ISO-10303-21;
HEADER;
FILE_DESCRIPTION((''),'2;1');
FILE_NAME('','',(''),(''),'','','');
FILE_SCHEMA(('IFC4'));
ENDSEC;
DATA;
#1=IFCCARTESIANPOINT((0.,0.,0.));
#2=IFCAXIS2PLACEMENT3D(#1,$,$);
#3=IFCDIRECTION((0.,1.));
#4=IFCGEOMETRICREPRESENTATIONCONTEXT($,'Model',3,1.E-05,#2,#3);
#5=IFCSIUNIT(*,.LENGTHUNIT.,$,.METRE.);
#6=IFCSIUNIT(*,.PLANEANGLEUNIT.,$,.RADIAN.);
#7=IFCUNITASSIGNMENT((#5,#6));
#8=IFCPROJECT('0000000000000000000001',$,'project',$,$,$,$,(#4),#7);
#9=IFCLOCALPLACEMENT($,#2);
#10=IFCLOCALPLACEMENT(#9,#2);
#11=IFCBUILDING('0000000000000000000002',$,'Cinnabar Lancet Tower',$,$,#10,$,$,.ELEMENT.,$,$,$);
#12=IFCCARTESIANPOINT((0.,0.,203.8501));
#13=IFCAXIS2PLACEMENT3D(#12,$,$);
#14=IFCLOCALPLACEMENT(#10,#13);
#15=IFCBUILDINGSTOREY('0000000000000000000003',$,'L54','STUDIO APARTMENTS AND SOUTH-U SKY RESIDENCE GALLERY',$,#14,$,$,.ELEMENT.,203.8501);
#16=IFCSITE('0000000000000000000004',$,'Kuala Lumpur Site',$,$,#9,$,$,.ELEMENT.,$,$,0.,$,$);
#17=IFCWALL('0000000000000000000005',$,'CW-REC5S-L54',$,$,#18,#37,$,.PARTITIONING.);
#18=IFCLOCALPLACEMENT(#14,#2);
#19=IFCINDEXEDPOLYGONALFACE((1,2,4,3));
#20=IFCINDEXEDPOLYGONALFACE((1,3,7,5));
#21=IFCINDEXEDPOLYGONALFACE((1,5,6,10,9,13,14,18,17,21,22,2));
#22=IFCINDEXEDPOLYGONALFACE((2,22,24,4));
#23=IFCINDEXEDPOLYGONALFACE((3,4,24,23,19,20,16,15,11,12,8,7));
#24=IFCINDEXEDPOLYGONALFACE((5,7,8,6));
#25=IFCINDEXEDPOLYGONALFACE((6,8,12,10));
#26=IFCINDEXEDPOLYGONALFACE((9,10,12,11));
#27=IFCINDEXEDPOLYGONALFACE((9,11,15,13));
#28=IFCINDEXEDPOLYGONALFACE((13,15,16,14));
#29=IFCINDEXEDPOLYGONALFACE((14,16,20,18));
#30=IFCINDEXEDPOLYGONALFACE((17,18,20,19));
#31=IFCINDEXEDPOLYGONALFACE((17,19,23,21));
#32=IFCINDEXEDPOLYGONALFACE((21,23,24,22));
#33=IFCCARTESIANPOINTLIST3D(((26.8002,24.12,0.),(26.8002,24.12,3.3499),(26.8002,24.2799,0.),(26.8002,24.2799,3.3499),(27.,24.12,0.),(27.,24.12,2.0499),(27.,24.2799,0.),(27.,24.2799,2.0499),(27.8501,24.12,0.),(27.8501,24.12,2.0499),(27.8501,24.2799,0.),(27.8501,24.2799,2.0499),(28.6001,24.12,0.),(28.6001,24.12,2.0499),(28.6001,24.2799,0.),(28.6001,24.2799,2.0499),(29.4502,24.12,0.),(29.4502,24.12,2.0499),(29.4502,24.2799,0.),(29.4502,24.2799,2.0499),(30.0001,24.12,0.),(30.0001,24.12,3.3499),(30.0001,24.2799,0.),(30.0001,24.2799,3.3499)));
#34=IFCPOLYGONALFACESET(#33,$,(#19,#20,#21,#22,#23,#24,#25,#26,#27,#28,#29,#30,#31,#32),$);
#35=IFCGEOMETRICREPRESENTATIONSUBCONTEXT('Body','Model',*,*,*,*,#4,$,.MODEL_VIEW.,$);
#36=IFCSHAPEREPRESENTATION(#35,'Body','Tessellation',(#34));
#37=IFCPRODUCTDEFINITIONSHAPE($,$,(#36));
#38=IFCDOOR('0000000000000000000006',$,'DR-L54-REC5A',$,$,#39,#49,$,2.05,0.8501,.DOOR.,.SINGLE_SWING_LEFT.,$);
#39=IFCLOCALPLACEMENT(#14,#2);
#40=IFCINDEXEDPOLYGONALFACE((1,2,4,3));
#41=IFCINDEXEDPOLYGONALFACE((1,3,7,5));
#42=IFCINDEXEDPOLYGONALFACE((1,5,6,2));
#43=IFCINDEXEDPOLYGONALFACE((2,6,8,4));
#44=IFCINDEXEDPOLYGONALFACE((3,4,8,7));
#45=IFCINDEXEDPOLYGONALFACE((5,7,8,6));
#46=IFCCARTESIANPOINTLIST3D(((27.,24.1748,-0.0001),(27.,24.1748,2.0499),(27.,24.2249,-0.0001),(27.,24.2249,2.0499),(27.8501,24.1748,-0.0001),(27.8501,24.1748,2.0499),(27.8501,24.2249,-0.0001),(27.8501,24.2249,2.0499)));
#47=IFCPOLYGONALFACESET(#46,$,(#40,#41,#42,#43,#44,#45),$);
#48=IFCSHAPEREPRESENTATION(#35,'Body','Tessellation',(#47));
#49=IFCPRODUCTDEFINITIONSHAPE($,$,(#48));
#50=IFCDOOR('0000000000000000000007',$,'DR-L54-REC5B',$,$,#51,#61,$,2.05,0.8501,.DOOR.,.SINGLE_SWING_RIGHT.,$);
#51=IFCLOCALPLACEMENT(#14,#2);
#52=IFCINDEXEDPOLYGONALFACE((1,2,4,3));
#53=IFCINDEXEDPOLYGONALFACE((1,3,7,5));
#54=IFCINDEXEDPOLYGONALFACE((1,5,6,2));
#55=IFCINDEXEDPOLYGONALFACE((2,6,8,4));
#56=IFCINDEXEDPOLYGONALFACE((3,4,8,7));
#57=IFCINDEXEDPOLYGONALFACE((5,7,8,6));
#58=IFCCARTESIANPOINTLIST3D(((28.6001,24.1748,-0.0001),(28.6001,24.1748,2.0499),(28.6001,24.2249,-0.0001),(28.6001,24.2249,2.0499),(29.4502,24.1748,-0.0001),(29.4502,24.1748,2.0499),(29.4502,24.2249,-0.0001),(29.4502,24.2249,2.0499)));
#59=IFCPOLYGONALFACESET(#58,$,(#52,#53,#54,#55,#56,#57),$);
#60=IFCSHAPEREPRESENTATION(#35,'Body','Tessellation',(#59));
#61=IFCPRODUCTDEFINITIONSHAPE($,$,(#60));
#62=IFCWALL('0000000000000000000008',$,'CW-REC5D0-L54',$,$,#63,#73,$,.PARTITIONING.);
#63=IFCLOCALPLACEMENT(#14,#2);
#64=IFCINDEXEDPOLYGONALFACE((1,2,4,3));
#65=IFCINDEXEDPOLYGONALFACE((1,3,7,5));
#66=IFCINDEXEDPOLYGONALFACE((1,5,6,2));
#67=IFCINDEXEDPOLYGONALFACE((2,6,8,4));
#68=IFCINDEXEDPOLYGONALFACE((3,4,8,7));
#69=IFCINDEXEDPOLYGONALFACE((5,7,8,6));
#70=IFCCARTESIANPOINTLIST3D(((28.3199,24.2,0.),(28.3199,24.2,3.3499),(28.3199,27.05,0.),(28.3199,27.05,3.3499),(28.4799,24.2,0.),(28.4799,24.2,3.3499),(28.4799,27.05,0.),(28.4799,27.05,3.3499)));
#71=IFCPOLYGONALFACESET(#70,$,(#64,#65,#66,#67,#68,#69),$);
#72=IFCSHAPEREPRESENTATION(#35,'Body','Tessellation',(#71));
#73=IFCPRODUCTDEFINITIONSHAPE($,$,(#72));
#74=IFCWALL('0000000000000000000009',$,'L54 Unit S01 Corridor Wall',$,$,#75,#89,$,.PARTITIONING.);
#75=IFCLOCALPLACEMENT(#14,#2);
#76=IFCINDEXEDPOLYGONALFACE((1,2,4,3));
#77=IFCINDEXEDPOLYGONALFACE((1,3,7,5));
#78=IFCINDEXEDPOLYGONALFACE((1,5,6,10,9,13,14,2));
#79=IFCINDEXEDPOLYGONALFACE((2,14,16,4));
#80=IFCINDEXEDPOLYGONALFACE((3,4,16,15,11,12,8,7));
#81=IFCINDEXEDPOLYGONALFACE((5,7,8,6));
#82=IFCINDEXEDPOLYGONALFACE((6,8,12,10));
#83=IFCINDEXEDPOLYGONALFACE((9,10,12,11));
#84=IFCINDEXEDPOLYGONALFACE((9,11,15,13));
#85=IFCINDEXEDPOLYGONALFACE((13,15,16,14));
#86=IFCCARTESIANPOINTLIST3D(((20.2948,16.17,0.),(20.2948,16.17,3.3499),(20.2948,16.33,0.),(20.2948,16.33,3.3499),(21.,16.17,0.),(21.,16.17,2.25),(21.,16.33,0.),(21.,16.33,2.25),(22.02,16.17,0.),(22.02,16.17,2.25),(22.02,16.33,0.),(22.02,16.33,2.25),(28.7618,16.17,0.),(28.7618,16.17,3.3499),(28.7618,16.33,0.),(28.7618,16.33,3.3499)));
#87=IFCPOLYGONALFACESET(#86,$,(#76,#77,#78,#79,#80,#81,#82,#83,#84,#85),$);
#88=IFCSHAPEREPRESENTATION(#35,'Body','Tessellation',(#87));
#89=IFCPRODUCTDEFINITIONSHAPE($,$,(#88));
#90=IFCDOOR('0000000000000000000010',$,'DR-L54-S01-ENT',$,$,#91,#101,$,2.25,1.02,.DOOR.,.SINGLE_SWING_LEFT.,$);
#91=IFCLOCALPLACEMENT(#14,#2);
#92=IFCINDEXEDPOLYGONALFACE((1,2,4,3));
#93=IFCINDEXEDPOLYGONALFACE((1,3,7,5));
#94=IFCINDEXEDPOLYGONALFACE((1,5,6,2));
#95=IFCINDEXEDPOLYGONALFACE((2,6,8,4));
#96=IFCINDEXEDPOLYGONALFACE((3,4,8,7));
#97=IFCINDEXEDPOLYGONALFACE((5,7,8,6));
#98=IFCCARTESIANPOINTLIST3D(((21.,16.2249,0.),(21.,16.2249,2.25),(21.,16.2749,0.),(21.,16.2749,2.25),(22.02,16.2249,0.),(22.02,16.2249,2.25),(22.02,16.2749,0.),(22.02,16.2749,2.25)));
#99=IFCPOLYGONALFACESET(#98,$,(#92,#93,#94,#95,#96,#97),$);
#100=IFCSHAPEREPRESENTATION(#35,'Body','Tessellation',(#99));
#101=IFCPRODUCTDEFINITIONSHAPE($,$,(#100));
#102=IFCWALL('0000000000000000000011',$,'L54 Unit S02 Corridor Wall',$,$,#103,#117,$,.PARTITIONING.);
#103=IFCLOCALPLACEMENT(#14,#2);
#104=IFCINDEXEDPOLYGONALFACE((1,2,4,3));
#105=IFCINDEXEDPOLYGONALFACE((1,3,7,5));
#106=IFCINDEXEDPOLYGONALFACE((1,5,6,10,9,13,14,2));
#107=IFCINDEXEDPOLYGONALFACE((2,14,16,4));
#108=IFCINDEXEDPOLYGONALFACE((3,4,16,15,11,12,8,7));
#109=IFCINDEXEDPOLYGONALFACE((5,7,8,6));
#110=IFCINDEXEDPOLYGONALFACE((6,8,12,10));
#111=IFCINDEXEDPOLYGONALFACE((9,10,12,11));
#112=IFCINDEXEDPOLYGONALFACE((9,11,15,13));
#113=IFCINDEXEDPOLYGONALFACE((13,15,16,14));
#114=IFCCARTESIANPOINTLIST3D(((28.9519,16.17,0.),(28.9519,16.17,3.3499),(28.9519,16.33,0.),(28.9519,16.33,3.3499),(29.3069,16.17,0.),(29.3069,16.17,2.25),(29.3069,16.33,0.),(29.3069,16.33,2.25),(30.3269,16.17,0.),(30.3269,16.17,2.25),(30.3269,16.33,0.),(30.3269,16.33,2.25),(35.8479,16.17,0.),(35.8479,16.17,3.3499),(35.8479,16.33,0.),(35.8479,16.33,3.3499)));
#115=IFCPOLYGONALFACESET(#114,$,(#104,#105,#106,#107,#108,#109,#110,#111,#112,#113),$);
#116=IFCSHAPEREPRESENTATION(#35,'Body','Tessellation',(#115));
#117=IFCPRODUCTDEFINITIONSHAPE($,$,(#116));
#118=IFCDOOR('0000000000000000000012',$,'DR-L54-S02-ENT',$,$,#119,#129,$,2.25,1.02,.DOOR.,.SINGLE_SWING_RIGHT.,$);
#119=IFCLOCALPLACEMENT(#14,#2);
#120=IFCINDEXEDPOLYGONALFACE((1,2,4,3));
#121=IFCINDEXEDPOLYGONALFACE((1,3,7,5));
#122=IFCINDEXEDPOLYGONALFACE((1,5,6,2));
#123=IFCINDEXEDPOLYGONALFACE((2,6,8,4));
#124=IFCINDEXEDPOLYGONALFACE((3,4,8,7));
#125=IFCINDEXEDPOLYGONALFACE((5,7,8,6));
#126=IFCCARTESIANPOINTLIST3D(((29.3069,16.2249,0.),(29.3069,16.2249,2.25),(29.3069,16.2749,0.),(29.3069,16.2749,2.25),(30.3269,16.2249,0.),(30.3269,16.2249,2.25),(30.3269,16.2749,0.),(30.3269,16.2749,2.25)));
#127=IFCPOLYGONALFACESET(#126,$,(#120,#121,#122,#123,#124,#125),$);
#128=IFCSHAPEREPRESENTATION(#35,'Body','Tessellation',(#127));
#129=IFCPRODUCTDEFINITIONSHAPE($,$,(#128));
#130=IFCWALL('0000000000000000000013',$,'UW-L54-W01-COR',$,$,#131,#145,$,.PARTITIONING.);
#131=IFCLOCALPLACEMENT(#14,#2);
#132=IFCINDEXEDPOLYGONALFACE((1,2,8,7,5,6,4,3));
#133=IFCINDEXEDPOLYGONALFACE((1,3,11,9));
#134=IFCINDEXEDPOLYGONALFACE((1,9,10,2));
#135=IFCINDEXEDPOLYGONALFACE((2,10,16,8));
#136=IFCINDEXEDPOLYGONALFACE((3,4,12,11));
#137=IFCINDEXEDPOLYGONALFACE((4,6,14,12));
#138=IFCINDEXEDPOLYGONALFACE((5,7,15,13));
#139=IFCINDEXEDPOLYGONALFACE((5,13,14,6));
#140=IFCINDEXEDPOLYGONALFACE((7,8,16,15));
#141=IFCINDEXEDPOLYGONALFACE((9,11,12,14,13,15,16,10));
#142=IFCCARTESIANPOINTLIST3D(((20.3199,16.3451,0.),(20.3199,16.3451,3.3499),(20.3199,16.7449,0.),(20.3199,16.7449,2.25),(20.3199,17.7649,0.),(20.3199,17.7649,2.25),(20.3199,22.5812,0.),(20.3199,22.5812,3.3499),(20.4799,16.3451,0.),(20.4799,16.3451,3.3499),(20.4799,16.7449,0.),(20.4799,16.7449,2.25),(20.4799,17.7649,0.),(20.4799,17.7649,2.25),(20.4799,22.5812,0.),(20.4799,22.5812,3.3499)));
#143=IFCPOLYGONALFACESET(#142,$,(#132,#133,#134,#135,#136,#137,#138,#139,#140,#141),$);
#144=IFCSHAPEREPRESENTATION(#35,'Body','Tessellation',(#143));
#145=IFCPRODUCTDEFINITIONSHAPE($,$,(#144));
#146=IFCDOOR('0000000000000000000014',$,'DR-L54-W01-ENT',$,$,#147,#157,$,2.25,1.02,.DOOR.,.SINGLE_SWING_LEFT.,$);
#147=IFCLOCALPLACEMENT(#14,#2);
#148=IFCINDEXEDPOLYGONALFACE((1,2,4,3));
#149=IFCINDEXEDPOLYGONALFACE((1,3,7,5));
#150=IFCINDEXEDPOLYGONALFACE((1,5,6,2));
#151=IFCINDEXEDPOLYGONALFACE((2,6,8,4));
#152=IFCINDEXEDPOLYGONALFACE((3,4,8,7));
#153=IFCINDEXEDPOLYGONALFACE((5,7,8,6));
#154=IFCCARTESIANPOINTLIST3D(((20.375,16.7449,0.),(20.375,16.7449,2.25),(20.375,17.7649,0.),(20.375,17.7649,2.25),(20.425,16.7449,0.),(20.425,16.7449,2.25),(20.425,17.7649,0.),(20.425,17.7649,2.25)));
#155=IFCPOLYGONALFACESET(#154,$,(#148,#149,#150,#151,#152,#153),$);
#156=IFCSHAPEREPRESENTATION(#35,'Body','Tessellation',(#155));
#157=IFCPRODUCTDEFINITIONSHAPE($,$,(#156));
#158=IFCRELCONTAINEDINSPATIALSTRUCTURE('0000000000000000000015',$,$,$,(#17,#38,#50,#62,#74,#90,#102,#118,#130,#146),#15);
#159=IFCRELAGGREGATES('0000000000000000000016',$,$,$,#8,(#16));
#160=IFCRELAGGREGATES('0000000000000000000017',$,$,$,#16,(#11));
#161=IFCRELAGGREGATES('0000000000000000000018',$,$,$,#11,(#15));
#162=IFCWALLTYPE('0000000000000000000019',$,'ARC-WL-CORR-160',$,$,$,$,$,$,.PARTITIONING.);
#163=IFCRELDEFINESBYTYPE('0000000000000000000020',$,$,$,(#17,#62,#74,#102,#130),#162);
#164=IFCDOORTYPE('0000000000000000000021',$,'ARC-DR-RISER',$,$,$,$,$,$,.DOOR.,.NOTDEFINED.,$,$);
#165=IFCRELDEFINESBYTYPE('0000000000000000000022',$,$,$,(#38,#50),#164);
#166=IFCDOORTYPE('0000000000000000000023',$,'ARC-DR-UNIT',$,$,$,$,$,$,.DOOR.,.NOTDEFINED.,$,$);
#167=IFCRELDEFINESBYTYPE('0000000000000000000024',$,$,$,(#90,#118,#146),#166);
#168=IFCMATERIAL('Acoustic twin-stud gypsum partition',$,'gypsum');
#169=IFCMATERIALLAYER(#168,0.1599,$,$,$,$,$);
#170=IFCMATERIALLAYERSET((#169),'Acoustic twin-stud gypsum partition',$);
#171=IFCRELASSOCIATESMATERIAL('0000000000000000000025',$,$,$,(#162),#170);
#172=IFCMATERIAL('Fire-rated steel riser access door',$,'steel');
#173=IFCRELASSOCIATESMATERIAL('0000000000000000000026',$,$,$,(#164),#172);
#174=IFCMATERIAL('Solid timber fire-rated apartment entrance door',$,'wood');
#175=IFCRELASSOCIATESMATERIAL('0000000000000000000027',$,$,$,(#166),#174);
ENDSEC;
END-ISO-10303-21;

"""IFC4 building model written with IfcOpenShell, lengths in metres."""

from ifc_helpers import new_model, si_unit, direction, frame, frame_2d, origin, place, context, subcontext, project, spatial, rectangle, extrude, material, layer, layer_set, type_object, element, fill, save


model = new_model("IFC4")

# Units and contexts
model_context = context("Model", 3, precision=1e-05, world=origin(), true_north=direction((0.0, 1.0)))
body_context = subcontext(model_context, "Body", "Model", "MODEL_VIEW")
ifc_project = project(units=[si_unit("LENGTHUNIT", "METRE"), si_unit("PLANEANGLEUNIT", "RADIAN")], contexts=[model_context])

# Site, building, storey
site_placement = place(None, origin())
site = spatial("IfcSite", under=ifc_project, at=site_placement, Name="Kuala Lumpur Site", CompositionType="ELEMENT", RefElevation=0.0)
building_placement = place(site_placement, origin())
building = spatial("IfcBuilding", under=site, at=building_placement, Name="Cinnabar Lancet Tower", CompositionType="ELEMENT")
storey_placement = place(building_placement, frame((0.0, 0.0, 203.8501)))
storey = spatial("IfcBuildingStorey", under=building, at=storey_placement, Name="L54", Description="STUDIO APARTMENTS AND SOUTH-U SKY RESIDENCE GALLERY", CompositionType="ELEMENT", Elevation=203.8501)

# Wall, openings, doors
ifc_material_1 = material(Name="Acoustic twin-stud gypsum partition", Category="gypsum")
ifc_layer_1 = layer(ifc_material_1, 0.1599)
ifc_layer_set_1 = layer_set([ifc_layer_1], Name="Acoustic twin-stud gypsum partition")
wall_type_1 = type_object("IfcWallType", Name="ARC-WL-CORR-160", PredefinedType="PARTITIONING", material=ifc_layer_set_1)
wall_1_placement = place(storey_placement, frame((26.8, 24.2, 0.0), z_axis=(0.0, 0.0, 1.0), x_axis=(1.0, 0.0, 0.0)))
wall_1 = element("IfcWall", 1, at=wall_1_placement, inside=storey, type_object=wall_type_1, Name="CW-REC5S-L54", PredefinedType="PARTITIONING", context=body_context, shape_type="SweptSolid", body=[
    extrude(rectangle(XDim=3.2, YDim=0.1599, at=frame_2d((1.6001, 0.0))), origin(), (0.0, 0.0, 1.0), 3.3499),
])
opening_1_placement = place(wall_1_placement, frame((0.2, 0.0, 0.0)))
opening_1 = element("IfcOpeningElement", 2, at=opening_1_placement, cuts=wall_1, PredefinedType="OPENING", context=body_context, shape_type="SweptSolid", body=[
    extrude(rectangle(XDim=0.8501, YDim=2.05, at=frame_2d((0.425, 1.0249))), frame((0.0, 0.0898, 0.0), z_axis=(0.0, -1.0, 0.0), x_axis=(1.0, 0.0, 0.0)), (0.0, 0.0, 1.0), 0.1799),
])
opening_2_placement = place(wall_1_placement, frame((1.8, 0.0, 0.0)))
opening_2 = element("IfcOpeningElement", 3, at=opening_2_placement, cuts=wall_1, PredefinedType="OPENING", context=body_context, shape_type="SweptSolid", body=[
    extrude(rectangle(XDim=0.8501, YDim=2.05, at=frame_2d((0.425, 1.0249))), frame((0.0, 0.0898, 0.0), z_axis=(0.0, -1.0, 0.0), x_axis=(1.0, 0.0, 0.0)), (0.0, 0.0, 1.0), 0.1799),
])
ifc_material_2 = material(Name="Fire-rated steel riser access door", Category="steel")
door_type_1 = type_object("IfcDoorType", Name="ARC-DR-RISER", OperationType="NOTDEFINED", PredefinedType="DOOR", material=ifc_material_2)
door_1_placement = place(opening_1_placement, origin())
door_1 = element("IfcDoor", 4, at=door_1_placement, inside=storey, type_object=door_type_1, Name="DR-L54-REC5A", OperationType="SINGLE_SWING_LEFT", OverallHeight=2.05, OverallWidth=0.8501, PredefinedType="DOOR", context=body_context, shape_type="SweptSolid", body=[
    extrude(rectangle(XDim=0.8501, YDim=2.05, at=frame_2d((0.425, 1.0249))), frame((0.0, 0.0249, 0.0), z_axis=(0.0, -1.0, 0.0), x_axis=(1.0, 0.0, 0.0)), (0.0, 0.0, 1.0), 0.05),
])
fill(opening_1, door_1)
door_2_placement = place(opening_2_placement, origin())
door_2 = element("IfcDoor", 5, at=door_2_placement, inside=storey, type_object=door_type_1, Name="DR-L54-REC5B", OperationType="SINGLE_SWING_RIGHT", OverallHeight=2.05, OverallWidth=0.8501, PredefinedType="DOOR", context=body_context, shape_type="SweptSolid", body=[
    extrude(rectangle(XDim=0.8501, YDim=2.05, at=frame_2d((0.425, 1.0249))), frame((0.0, 0.0249, 0.0), z_axis=(0.0, -1.0, 0.0), x_axis=(1.0, 0.0, 0.0)), (0.0, 0.0, 1.0), 0.05),
])
fill(opening_2, door_2)

# Wall
wall_2_placement = place(storey_placement, frame((28.3999, 24.2, 0.0), z_axis=(0.0, 0.0, 1.0), x_axis=(0.0, 1.0, 0.0)))
element("IfcWall", 6, at=wall_2_placement, inside=storey, type_object=wall_type_1, Name="CW-REC5D0-L54", PredefinedType="PARTITIONING", context=body_context, shape_type="SweptSolid", body=[
    extrude(rectangle(XDim=2.8501, YDim=0.1599, at=frame_2d((1.425, 0.0))), origin(), (0.0, 0.0, 1.0), 3.3499),
])

# Walls, openings, doors
wall_3_placement = place(storey_placement, frame((20.2949, 16.25, 0.0), z_axis=(0.0, 0.0, 1.0), x_axis=(1.0, 0.0, 0.0)))
wall_3 = element("IfcWall", 7, at=wall_3_placement, inside=storey, type_object=wall_type_1, Name="L54 Unit S01 Corridor Wall", PredefinedType="PARTITIONING", context=body_context, shape_type="SweptSolid", body=[
    extrude(rectangle(XDim=8.467, YDim=0.1599, at=frame_2d((4.2334, 0.0))), origin(), (0.0, 0.0, 1.0), 3.3499),
])
opening_3_placement = place(wall_3_placement, frame((0.7051, 0.0, 0.0)))
opening_3 = element("IfcOpeningElement", 8, at=opening_3_placement, cuts=wall_3, PredefinedType="OPENING", context=body_context, shape_type="SweptSolid", body=[
    extrude(rectangle(XDim=1.02, YDim=2.25, at=frame_2d((0.51, 1.125))), frame((0.0, 0.0898, 0.0), z_axis=(0.0, -1.0, 0.0), x_axis=(1.0, 0.0, 0.0)), (0.0, 0.0, 1.0), 0.1799),
])
ifc_material_3 = material(Name="Solid timber fire-rated apartment entrance door", Category="wood")
door_type_2 = type_object("IfcDoorType", Name="ARC-DR-UNIT", OperationType="NOTDEFINED", PredefinedType="DOOR", material=ifc_material_3)
door_3_placement = place(opening_3_placement, origin())
door_3 = element("IfcDoor", 9, at=door_3_placement, inside=storey, type_object=door_type_2, Name="DR-L54-S01-ENT", OperationType="SINGLE_SWING_LEFT", OverallHeight=2.25, OverallWidth=1.02, PredefinedType="DOOR", context=body_context, shape_type="SweptSolid", body=[
    extrude(rectangle(XDim=1.02, YDim=2.25, at=frame_2d((0.51, 1.125))), frame((0.0, 0.0249, 0.0), z_axis=(0.0, -1.0, 0.0), x_axis=(1.0, 0.0, 0.0)), (0.0, 0.0, 1.0), 0.05),
])
fill(opening_3, door_3)
wall_4_placement = place(storey_placement, frame((28.9519, 16.25, 0.0), z_axis=(0.0, 0.0, 1.0), x_axis=(1.0, 0.0, 0.0)))
wall_4 = element("IfcWall", 10, at=wall_4_placement, inside=storey, type_object=wall_type_1, Name="L54 Unit S02 Corridor Wall", PredefinedType="PARTITIONING", context=body_context, shape_type="SweptSolid", body=[
    extrude(rectangle(XDim=6.896, YDim=0.1599, at=frame_2d((3.448, 0.0))), origin(), (0.0, 0.0, 1.0), 3.3499),
])
opening_4_placement = place(wall_4_placement, frame((0.355, 0.0, 0.0)))
opening_4 = element("IfcOpeningElement", 11, at=opening_4_placement, cuts=wall_4, PredefinedType="OPENING", context=body_context, shape_type="SweptSolid", body=[
    extrude(rectangle(XDim=1.02, YDim=2.25, at=frame_2d((0.51, 1.125))), frame((0.0, 0.0898, 0.0), z_axis=(0.0, -1.0, 0.0), x_axis=(1.0, 0.0, 0.0)), (0.0, 0.0, 1.0), 0.1799),
])
door_4_placement = place(opening_4_placement, origin())
door_4 = element("IfcDoor", 12, at=door_4_placement, inside=storey, type_object=door_type_2, Name="DR-L54-S02-ENT", OperationType="SINGLE_SWING_RIGHT", OverallHeight=2.25, OverallWidth=1.02, PredefinedType="DOOR", context=body_context, shape_type="SweptSolid", body=[
    extrude(rectangle(XDim=1.02, YDim=2.25, at=frame_2d((0.51, 1.125))), frame((0.0, 0.0249, 0.0), z_axis=(0.0, -1.0, 0.0), x_axis=(1.0, 0.0, 0.0)), (0.0, 0.0, 1.0), 0.05),
])
fill(opening_4, door_4)
wall_5_placement = place(storey_placement, frame((20.3999, 16.345, 0.0), z_axis=(0.0, 0.0, 1.0), x_axis=(0.0, 1.0, 0.0)))
wall_5 = element("IfcWall", 13, at=wall_5_placement, inside=storey, type_object=wall_type_1, Name="UW-L54-W01-COR", PredefinedType="PARTITIONING", context=body_context, shape_type="SweptSolid", body=[
    extrude(rectangle(XDim=6.2361, YDim=0.1599, at=frame_2d((3.1182, 0.0))), origin(), (0.0, 0.0, 1.0), 3.3499),
])
opening_5_placement = place(wall_5_placement, frame((0.3999, 0.0, 0.0)))
opening_5 = element("IfcOpeningElement", 14, at=opening_5_placement, cuts=wall_5, PredefinedType="OPENING", context=body_context, shape_type="SweptSolid", body=[
    extrude(rectangle(XDim=1.02, YDim=2.25, at=frame_2d((0.51, 1.125))), frame((0.0, 0.0898, 0.0), z_axis=(0.0, -1.0, 0.0), x_axis=(1.0, 0.0, 0.0)), (0.0, 0.0, 1.0), 0.1799),
])
door_5_placement = place(opening_5_placement, origin())
door_5 = element("IfcDoor", 15, at=door_5_placement, inside=storey, type_object=door_type_2, Name="DR-L54-W01-ENT", OperationType="SINGLE_SWING_LEFT", OverallHeight=2.25, OverallWidth=1.02, PredefinedType="DOOR", context=body_context, shape_type="SweptSolid", body=[
    extrude(rectangle(XDim=1.02, YDim=2.25, at=frame_2d((0.51, 1.125))), frame((0.0, 0.0249, 0.0), z_axis=(0.0, -1.0, 0.0), x_axis=(1.0, 0.0, 0.0)), (0.0, 0.0, 1.0), 0.05),
])
fill(opening_5, door_5)

save(model, "model.ifc")
